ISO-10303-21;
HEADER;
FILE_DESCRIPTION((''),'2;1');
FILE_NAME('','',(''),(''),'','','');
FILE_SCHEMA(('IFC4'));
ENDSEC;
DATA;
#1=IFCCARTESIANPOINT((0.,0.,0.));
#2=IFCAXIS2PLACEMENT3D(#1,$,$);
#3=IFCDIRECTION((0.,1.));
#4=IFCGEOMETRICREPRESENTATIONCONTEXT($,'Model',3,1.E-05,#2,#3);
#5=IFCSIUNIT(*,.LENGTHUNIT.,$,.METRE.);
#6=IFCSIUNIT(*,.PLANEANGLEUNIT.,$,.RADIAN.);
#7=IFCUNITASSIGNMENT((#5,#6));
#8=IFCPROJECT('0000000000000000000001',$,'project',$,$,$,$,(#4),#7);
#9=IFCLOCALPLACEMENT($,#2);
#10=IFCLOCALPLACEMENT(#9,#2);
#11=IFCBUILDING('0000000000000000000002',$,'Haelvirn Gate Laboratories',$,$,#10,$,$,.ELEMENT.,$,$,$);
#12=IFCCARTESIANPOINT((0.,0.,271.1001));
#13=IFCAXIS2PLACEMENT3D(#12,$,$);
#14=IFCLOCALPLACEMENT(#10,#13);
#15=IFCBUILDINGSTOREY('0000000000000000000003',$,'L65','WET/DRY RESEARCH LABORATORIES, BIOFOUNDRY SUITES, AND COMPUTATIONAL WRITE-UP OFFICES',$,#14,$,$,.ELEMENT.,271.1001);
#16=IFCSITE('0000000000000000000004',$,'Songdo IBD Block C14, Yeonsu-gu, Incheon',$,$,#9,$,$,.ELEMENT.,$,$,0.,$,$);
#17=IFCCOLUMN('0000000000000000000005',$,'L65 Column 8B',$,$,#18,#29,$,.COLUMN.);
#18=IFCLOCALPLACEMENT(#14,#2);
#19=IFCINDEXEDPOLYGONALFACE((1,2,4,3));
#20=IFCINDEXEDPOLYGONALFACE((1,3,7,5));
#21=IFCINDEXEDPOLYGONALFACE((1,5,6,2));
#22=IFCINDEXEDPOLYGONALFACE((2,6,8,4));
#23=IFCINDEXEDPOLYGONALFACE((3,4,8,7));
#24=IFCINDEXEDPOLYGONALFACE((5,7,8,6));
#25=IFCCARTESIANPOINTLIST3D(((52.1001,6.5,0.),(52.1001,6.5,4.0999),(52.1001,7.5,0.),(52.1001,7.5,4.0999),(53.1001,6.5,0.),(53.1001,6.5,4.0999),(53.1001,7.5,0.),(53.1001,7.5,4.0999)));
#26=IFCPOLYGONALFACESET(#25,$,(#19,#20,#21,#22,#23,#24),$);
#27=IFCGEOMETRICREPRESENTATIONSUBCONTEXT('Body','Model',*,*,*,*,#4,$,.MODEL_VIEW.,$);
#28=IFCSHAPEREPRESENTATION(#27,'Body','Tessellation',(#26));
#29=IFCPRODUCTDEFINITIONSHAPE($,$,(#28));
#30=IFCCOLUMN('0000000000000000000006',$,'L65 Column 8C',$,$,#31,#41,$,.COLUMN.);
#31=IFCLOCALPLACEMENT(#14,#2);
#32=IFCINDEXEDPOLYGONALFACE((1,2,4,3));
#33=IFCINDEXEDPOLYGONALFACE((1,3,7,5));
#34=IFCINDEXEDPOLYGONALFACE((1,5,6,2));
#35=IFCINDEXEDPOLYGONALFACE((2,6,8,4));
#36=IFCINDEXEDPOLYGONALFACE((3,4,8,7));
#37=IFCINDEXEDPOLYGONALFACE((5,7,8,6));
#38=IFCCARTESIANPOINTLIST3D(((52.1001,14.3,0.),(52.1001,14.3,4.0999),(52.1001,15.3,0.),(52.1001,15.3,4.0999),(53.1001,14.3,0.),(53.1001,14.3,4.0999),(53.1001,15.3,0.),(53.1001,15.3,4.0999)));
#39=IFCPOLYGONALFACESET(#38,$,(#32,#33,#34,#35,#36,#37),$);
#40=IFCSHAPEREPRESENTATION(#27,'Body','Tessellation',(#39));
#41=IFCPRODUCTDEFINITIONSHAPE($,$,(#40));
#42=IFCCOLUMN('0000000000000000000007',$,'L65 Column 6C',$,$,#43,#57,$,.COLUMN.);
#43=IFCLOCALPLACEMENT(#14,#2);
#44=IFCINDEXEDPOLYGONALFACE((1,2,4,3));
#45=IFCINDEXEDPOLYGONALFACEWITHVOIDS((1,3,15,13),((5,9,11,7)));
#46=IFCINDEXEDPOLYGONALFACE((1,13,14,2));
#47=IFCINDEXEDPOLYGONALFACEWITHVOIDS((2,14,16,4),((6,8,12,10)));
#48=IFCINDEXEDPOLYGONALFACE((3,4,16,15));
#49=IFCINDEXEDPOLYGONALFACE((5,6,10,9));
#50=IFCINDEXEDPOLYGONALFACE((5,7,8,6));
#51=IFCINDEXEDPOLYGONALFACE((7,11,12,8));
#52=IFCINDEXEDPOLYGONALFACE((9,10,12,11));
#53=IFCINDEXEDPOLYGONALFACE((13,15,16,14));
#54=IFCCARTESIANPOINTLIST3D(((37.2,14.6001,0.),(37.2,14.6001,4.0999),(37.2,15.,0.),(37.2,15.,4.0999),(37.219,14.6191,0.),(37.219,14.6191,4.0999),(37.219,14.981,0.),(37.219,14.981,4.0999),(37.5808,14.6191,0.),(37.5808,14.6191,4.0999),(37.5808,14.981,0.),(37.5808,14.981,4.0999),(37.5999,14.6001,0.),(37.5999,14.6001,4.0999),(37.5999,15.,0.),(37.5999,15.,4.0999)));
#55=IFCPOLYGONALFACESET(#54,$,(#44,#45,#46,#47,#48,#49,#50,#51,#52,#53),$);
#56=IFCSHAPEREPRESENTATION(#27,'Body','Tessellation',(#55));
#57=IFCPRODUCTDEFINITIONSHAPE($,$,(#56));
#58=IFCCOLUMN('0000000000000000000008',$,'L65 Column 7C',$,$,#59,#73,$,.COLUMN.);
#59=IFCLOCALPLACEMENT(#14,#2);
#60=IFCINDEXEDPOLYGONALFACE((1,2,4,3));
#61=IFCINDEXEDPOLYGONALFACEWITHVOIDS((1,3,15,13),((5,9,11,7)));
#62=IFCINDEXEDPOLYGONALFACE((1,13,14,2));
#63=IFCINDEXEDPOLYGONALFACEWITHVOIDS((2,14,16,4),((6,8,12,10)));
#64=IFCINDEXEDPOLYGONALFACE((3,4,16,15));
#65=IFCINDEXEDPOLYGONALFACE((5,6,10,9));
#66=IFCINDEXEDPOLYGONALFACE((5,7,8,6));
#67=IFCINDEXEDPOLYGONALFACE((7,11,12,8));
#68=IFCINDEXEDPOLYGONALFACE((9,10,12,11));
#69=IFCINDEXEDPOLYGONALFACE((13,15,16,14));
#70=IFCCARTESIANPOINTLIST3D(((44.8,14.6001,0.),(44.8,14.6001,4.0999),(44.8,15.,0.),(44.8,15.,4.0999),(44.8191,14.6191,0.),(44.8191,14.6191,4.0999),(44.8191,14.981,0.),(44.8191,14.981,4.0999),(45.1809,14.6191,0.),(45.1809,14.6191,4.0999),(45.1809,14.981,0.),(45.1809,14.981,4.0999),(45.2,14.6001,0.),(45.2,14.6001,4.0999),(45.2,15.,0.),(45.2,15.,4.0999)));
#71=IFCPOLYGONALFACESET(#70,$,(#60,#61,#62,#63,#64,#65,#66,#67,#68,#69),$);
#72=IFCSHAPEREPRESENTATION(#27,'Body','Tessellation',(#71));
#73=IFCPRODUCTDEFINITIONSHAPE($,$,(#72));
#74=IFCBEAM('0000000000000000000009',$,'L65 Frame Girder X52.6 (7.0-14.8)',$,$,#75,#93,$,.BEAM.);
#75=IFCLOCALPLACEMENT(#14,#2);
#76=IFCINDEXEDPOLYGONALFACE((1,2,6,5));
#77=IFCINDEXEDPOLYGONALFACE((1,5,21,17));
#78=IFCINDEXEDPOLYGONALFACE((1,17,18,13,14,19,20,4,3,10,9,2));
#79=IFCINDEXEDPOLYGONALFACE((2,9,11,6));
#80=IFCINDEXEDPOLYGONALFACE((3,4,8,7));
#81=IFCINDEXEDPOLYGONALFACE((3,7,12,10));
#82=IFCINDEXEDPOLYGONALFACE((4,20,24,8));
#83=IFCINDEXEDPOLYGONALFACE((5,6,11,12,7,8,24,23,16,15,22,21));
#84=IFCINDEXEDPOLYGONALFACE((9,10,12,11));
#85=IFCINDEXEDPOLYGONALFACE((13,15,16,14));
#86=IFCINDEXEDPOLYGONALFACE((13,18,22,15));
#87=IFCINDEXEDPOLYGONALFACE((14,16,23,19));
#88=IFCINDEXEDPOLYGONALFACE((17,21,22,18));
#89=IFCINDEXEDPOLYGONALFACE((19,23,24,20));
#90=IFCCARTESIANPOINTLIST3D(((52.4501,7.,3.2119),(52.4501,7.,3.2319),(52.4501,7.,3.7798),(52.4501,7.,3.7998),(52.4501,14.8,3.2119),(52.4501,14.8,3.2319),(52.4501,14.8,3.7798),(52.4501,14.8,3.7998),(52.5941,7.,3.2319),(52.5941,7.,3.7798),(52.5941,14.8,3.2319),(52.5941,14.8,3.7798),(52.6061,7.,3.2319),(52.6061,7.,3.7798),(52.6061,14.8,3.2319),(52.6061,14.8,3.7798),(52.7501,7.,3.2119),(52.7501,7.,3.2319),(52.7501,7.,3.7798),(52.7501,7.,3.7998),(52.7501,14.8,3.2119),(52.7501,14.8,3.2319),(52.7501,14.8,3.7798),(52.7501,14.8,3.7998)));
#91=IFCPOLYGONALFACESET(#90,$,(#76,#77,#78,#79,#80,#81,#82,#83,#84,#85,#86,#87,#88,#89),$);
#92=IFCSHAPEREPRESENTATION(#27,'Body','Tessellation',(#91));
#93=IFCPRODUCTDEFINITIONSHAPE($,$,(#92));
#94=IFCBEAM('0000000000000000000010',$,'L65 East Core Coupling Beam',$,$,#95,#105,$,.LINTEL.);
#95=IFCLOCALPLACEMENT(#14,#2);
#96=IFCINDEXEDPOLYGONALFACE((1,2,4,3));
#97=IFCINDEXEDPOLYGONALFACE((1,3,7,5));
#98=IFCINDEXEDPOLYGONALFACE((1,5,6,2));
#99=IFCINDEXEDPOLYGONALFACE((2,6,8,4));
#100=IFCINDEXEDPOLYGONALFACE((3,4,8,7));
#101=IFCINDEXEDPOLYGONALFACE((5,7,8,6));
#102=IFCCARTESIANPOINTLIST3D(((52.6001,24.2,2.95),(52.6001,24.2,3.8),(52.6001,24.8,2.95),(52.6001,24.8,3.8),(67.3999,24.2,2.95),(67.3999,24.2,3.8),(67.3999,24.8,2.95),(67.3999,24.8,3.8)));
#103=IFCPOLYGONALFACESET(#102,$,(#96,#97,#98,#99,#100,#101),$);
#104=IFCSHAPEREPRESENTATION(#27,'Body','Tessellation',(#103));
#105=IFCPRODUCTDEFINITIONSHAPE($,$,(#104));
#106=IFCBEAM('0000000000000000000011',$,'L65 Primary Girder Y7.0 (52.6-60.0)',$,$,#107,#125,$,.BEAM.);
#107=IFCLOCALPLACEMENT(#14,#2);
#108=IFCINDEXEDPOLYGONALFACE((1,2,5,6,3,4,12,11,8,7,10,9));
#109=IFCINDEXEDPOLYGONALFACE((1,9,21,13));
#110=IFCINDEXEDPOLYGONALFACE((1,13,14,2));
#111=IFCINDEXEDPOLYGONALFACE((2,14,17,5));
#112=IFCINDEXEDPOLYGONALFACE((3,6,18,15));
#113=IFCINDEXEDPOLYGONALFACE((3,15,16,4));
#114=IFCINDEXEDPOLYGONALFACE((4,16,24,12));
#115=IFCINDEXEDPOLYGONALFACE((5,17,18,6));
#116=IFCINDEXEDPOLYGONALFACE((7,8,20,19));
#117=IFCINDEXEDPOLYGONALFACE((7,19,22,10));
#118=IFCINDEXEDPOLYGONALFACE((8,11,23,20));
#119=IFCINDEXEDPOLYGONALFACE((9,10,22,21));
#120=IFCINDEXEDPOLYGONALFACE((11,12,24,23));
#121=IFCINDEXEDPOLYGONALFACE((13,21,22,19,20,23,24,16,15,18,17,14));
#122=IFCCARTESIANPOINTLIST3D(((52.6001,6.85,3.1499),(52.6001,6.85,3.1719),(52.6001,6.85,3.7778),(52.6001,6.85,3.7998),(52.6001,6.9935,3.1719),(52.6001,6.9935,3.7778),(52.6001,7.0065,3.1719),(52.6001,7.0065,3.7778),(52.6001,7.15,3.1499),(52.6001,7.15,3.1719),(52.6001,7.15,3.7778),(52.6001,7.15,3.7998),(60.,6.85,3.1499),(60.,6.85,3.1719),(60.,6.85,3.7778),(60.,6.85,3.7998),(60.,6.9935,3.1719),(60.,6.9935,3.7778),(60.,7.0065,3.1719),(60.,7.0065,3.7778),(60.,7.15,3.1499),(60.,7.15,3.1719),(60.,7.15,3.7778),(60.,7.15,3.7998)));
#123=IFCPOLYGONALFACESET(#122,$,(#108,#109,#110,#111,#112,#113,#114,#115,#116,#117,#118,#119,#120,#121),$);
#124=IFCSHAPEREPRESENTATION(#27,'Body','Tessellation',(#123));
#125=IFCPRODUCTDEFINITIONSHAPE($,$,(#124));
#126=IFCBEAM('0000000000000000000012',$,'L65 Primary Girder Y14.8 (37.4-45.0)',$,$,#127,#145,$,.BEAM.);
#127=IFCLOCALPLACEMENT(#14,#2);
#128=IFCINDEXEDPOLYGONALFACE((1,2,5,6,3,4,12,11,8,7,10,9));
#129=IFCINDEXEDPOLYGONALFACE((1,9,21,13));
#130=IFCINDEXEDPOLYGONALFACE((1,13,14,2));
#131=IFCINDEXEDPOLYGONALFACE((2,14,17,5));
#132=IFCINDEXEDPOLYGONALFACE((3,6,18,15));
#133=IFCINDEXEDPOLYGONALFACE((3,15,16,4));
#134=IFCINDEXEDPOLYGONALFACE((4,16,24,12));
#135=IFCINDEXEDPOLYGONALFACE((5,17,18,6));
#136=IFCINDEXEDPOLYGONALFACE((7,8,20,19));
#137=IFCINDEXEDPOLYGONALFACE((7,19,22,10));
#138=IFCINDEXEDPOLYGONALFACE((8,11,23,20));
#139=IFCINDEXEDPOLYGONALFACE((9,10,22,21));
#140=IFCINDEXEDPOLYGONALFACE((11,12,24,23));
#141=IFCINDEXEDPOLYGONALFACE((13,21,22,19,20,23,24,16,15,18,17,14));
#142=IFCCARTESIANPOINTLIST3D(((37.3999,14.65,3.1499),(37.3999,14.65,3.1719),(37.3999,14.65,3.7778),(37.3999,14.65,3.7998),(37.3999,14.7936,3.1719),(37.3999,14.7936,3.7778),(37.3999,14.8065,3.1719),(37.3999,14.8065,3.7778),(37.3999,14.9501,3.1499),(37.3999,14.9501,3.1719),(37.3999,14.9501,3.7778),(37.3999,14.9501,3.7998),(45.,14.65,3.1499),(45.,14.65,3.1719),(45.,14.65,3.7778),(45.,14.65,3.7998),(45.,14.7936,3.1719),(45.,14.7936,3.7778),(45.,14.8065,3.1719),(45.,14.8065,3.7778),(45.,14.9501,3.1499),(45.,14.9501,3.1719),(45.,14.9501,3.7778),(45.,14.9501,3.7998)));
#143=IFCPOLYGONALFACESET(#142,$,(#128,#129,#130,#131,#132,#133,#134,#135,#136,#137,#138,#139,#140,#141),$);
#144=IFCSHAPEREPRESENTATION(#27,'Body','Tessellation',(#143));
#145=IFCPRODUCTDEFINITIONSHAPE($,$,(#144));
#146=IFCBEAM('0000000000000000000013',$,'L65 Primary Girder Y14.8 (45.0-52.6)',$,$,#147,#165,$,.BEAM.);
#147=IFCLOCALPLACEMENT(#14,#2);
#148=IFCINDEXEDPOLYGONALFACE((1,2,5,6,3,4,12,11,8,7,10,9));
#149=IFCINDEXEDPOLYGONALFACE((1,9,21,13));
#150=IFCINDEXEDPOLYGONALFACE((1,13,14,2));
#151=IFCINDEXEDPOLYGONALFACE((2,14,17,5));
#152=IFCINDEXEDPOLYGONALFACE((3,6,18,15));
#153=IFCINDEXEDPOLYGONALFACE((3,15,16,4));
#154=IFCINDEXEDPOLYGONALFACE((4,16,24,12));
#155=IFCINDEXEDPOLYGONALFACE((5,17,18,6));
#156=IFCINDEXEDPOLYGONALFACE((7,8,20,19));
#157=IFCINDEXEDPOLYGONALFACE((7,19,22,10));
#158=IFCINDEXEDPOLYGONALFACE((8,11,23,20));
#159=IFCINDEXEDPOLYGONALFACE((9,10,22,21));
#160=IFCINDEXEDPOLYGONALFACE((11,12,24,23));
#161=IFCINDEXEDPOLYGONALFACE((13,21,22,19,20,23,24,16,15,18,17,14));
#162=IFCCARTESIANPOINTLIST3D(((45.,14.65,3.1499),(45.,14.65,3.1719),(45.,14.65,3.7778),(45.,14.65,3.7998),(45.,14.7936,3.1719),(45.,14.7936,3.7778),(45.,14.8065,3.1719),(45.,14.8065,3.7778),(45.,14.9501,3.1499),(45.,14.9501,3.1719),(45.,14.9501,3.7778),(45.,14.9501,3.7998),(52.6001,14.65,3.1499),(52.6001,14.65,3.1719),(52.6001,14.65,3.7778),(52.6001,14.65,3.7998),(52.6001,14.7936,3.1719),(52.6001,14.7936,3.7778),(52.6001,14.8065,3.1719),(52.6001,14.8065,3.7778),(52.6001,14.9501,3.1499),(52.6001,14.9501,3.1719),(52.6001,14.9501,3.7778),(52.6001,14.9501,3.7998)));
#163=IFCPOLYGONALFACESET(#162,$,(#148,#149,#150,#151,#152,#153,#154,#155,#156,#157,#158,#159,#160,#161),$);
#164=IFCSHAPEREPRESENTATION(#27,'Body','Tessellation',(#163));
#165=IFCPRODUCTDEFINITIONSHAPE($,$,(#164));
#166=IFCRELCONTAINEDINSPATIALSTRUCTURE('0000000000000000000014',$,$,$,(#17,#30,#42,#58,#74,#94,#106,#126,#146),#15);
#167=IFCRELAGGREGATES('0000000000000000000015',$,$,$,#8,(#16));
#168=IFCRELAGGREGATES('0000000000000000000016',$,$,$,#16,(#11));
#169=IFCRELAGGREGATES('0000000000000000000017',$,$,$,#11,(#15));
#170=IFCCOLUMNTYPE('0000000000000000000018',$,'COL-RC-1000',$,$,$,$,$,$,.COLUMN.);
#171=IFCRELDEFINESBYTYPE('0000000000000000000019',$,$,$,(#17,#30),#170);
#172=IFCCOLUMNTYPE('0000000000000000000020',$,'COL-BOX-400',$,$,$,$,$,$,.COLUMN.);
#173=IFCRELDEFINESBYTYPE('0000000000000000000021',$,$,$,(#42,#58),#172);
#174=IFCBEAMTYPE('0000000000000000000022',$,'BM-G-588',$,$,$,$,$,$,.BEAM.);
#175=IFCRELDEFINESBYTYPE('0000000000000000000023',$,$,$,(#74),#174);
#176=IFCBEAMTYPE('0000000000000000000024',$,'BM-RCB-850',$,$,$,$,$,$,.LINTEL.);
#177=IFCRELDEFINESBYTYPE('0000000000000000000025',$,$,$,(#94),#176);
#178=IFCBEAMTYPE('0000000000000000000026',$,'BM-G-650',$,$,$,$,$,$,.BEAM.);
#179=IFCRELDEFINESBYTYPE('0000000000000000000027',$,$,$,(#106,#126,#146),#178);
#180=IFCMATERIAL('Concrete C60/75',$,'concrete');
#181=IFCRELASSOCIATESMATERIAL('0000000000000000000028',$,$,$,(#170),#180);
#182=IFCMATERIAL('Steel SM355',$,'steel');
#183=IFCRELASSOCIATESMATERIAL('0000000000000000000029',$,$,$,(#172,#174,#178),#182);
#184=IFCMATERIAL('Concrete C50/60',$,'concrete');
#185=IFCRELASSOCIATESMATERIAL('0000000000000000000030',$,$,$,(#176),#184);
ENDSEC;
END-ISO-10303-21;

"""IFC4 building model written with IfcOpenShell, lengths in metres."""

from ifc_helpers import new_model, si_unit, direction, frame, origin, origin_2d, place, context, subcontext, project, spatial, rectangle, hollow_rectangle, i_section, extrude, source, transform, mapped, material, material_profile, profile_set, type_object, type_shapes, element, save


model = new_model("IFC4")

# Units and contexts
model_context = context("Model", 3, precision=1e-05, world=origin(), true_north=direction((0.0, 1.0)))
body_context = subcontext(model_context, "Body", "Model", "MODEL_VIEW")
ifc_project = project(units=[si_unit("LENGTHUNIT", "METRE"), si_unit("PLANEANGLEUNIT", "RADIAN")], contexts=[model_context])

# Site, building, storey
site_placement = place(None, origin())
site = spatial("IfcSite", under=ifc_project, at=site_placement, Name="Songdo IBD Block C14, Yeonsu-gu, Incheon", CompositionType="ELEMENT", RefElevation=0.0)
building_placement = place(site_placement, origin())
building = spatial("IfcBuilding", under=site, at=building_placement, Name="Haelvirn Gate Laboratories", CompositionType="ELEMENT")
storey_placement = place(building_placement, frame((0.0, 0.0, 271.1001)))
storey = spatial("IfcBuildingStorey", under=building, at=storey_placement, Name="L65", Description="WET/DRY RESEARCH LABORATORIES, BIOFOUNDRY SUITES, AND COMPUTATIONAL WRITE-UP OFFICES", CompositionType="ELEMENT", Elevation=271.1001)

# Columns
ifc_material_1 = material(Name="Concrete C60/75", Category="concrete")
ifc_material_profile_1 = material_profile(ifc_material_1, rectangle(XDim=1.0, YDim=1.0, at=origin_2d()), Name="RC-1000x1000")
ifc_profile_set_1 = profile_set([ifc_material_profile_1], Name="Concrete C60/75")
column_type_1 = type_object("IfcColumnType", Name="COL-RC-1000", PredefinedType="COLUMN", material=ifc_profile_set_1)
shared_shape_1 = source(origin(), body_context, "Body", "SweptSolid", [
    extrude(rectangle(XDim=1.0, YDim=1.0, at=origin_2d()), origin(), (0.0, 0.0, 1.0), 4.0999),
])
type_shapes(column_type_1, [shared_shape_1])
for number, where, z_axis, x_axis, name in (
    (1, (52.6001, 7.0, 0.0), (0.0, 0.0, 1.0), (1.0, 0.0, 0.0), "L65 Column 8B"),
    (2, (52.6001, 14.8, 0.0), (0.0, 0.0, 1.0), (1.0, 0.0, 0.0), "L65 Column 8C"),
):
    element("IfcColumn", number, at=place(storey_placement, frame(where, z_axis=z_axis, x_axis=x_axis)), inside=storey, type_object=column_type_1, Name=name, PredefinedType="COLUMN", context=body_context, shape_type="MappedRepresentation", body=[
        mapped(shared_shape_1, transform((0.0, 0.0, 0.0), scale=1.0)),
    ])
ifc_material_2 = material(Name="Steel SM355", Category="steel")
ifc_material_profile_2 = material_profile(ifc_material_2, hollow_rectangle(XDim=0.3999, YDim=0.3999, WallThickness=0.019, at=origin_2d()), Name="BOX-400x400x19")
ifc_profile_set_2 = profile_set([ifc_material_profile_2], Name="Steel SM355")
column_type_2 = type_object("IfcColumnType", Name="COL-BOX-400", PredefinedType="COLUMN", material=ifc_profile_set_2)
shared_shape_2 = source(origin(), body_context, "Body", "SweptSolid", [
    extrude(hollow_rectangle(XDim=0.3999, YDim=0.3999, WallThickness=0.019, at=origin_2d()), origin(), (0.0, 0.0, 1.0), 4.0999),
])
type_shapes(column_type_2, [shared_shape_2])
for number, where, z_axis, x_axis, name in (
    (3, (37.3999, 14.8, 0.0), (0.0, 0.0, 1.0), (1.0, 0.0, 0.0), "L65 Column 6C"),
    (4, (45.0, 14.8, 0.0), (0.0, 0.0, 1.0), (1.0, 0.0, 0.0), "L65 Column 7C"),
):
    element("IfcColumn", number, at=place(storey_placement, frame(where, z_axis=z_axis, x_axis=x_axis)), inside=storey, type_object=column_type_2, Name=name, PredefinedType="COLUMN", context=body_context, shape_type="MappedRepresentation", body=[
        mapped(shared_shape_2, transform((0.0, 0.0, 0.0), scale=1.0)),
    ])

# Beams
ifc_material_profile_3 = material_profile(ifc_material_2, i_section(OverallWidth=0.3, OverallDepth=0.5879, WebThickness=0.012, FlangeThickness=0.02, at=origin_2d()), Name="H-588x300x12x20")
ifc_profile_set_3 = profile_set([ifc_material_profile_3], Name="Steel SM355")
beam_type_1 = type_object("IfcBeamType", Name="BM-G-588", PredefinedType="BEAM", material=ifc_profile_set_3)
shared_shape_3 = source(origin(), body_context, "Body", "SweptSolid", [
    extrude(i_section(OverallWidth=0.3, OverallDepth=0.5879, WebThickness=0.012, FlangeThickness=0.02, at=origin_2d()), origin(), (0.0, 0.0, 1.0), 7.8),
])
type_shapes(beam_type_1, [shared_shape_3])
beam_1_placement = place(storey_placement, frame((52.6001, 7.0, 3.5059), z_axis=(0.0, 1.0, 0.0), x_axis=(-1.0, 0.0, 0.0)))
element("IfcBeam", 5, at=beam_1_placement, inside=storey, type_object=beam_type_1, Name="L65 Frame Girder X52.6 (7.0-14.8)", PredefinedType="BEAM", context=body_context, shape_type="MappedRepresentation", body=[
    mapped(shared_shape_3, transform((0.0, 0.0, 0.0), scale=1.0)),
])
ifc_material_3 = material(Name="Concrete C50/60", Category="concrete")
ifc_material_profile_4 = material_profile(ifc_material_3, rectangle(XDim=0.6001, YDim=0.8501, at=origin_2d()), Name="RCB-600x850")
ifc_profile_set_4 = profile_set([ifc_material_profile_4], Name="Concrete C50/60")
beam_type_2 = type_object("IfcBeamType", Name="BM-RCB-850", PredefinedType="LINTEL", material=ifc_profile_set_4)
shared_shape_4 = source(origin(), body_context, "Body", "SweptSolid", [
    extrude(rectangle(XDim=0.6001, YDim=0.8501, at=origin_2d()), origin(), (0.0, 0.0, 1.0), 14.7998),
])
type_shapes(beam_type_2, [shared_shape_4])
beam_2_placement = place(storey_placement, frame((52.6001, 24.5, 3.375), z_axis=(1.0, 0.0, 0.0), x_axis=(0.0, 1.0, 0.0)))
element("IfcBeam", 6, at=beam_2_placement, inside=storey, type_object=beam_type_2, Name="L65 East Core Coupling Beam", PredefinedType="LINTEL", context=body_context, shape_type="MappedRepresentation", body=[
    mapped(shared_shape_4, transform((0.0, 0.0, 0.0), scale=1.0)),
])
ifc_material_profile_5 = material_profile(ifc_material_2, i_section(OverallWidth=0.3, OverallDepth=0.6499, WebThickness=0.0129, FlangeThickness=0.022, at=origin_2d()), Name="H-650x300x13x22")
ifc_profile_set_5 = profile_set([ifc_material_profile_5], Name="Steel SM355")
beam_type_3 = type_object("IfcBeamType", Name="BM-G-650", PredefinedType="BEAM", material=ifc_profile_set_5)
shared_shape_5 = source(origin(), body_context, "Body", "SweptSolid", [
    extrude(i_section(OverallWidth=0.3, OverallDepth=0.6499, WebThickness=0.0129, FlangeThickness=0.022, at=origin_2d()), origin(), (0.0, 0.0, 1.0), 7.3999),
])
beam_3_placement = place(storey_placement, frame((52.6001, 7.0, 3.4749), z_axis=(1.0, 0.0, 0.0), x_axis=(0.0, 1.0, 0.0)))
element("IfcBeam", 7, at=beam_3_placement, inside=storey, type_object=beam_type_3, Name="L65 Primary Girder Y7.0 (52.6-60.0)", PredefinedType="BEAM", context=body_context, shape_type="MappedRepresentation", body=[
    mapped(shared_shape_5, transform((0.0, 0.0, 0.0), scale=1.0)),
])
shared_shape_6 = source(origin(), body_context, "Body", "SweptSolid", [
    extrude(i_section(OverallWidth=0.3, OverallDepth=0.6499, WebThickness=0.0129, FlangeThickness=0.022, at=origin_2d()), origin(), (0.0, 0.0, 1.0), 7.6001),
])
type_shapes(beam_type_3, [shared_shape_5, shared_shape_6])
for number, where, z_axis, x_axis, name in (
    (8, (37.3999, 14.8, 3.4749), (1.0, 0.0, 0.0), (0.0, 1.0, 0.0), "L65 Primary Girder Y14.8 (37.4-45.0)"),
    (9, (45.0, 14.8, 3.4749), (1.0, 0.0, 0.0), (0.0, 1.0, 0.0), "L65 Primary Girder Y14.8 (45.0-52.6)"),
):
    element("IfcBeam", number, at=place(storey_placement, frame(where, z_axis=z_axis, x_axis=x_axis)), inside=storey, type_object=beam_type_3, Name=name, PredefinedType="BEAM", context=body_context, shape_type="MappedRepresentation", body=[
        mapped(shared_shape_6, transform((0.0, 0.0, 0.0), scale=1.0)),
    ])

save(model, "model.ifc")
